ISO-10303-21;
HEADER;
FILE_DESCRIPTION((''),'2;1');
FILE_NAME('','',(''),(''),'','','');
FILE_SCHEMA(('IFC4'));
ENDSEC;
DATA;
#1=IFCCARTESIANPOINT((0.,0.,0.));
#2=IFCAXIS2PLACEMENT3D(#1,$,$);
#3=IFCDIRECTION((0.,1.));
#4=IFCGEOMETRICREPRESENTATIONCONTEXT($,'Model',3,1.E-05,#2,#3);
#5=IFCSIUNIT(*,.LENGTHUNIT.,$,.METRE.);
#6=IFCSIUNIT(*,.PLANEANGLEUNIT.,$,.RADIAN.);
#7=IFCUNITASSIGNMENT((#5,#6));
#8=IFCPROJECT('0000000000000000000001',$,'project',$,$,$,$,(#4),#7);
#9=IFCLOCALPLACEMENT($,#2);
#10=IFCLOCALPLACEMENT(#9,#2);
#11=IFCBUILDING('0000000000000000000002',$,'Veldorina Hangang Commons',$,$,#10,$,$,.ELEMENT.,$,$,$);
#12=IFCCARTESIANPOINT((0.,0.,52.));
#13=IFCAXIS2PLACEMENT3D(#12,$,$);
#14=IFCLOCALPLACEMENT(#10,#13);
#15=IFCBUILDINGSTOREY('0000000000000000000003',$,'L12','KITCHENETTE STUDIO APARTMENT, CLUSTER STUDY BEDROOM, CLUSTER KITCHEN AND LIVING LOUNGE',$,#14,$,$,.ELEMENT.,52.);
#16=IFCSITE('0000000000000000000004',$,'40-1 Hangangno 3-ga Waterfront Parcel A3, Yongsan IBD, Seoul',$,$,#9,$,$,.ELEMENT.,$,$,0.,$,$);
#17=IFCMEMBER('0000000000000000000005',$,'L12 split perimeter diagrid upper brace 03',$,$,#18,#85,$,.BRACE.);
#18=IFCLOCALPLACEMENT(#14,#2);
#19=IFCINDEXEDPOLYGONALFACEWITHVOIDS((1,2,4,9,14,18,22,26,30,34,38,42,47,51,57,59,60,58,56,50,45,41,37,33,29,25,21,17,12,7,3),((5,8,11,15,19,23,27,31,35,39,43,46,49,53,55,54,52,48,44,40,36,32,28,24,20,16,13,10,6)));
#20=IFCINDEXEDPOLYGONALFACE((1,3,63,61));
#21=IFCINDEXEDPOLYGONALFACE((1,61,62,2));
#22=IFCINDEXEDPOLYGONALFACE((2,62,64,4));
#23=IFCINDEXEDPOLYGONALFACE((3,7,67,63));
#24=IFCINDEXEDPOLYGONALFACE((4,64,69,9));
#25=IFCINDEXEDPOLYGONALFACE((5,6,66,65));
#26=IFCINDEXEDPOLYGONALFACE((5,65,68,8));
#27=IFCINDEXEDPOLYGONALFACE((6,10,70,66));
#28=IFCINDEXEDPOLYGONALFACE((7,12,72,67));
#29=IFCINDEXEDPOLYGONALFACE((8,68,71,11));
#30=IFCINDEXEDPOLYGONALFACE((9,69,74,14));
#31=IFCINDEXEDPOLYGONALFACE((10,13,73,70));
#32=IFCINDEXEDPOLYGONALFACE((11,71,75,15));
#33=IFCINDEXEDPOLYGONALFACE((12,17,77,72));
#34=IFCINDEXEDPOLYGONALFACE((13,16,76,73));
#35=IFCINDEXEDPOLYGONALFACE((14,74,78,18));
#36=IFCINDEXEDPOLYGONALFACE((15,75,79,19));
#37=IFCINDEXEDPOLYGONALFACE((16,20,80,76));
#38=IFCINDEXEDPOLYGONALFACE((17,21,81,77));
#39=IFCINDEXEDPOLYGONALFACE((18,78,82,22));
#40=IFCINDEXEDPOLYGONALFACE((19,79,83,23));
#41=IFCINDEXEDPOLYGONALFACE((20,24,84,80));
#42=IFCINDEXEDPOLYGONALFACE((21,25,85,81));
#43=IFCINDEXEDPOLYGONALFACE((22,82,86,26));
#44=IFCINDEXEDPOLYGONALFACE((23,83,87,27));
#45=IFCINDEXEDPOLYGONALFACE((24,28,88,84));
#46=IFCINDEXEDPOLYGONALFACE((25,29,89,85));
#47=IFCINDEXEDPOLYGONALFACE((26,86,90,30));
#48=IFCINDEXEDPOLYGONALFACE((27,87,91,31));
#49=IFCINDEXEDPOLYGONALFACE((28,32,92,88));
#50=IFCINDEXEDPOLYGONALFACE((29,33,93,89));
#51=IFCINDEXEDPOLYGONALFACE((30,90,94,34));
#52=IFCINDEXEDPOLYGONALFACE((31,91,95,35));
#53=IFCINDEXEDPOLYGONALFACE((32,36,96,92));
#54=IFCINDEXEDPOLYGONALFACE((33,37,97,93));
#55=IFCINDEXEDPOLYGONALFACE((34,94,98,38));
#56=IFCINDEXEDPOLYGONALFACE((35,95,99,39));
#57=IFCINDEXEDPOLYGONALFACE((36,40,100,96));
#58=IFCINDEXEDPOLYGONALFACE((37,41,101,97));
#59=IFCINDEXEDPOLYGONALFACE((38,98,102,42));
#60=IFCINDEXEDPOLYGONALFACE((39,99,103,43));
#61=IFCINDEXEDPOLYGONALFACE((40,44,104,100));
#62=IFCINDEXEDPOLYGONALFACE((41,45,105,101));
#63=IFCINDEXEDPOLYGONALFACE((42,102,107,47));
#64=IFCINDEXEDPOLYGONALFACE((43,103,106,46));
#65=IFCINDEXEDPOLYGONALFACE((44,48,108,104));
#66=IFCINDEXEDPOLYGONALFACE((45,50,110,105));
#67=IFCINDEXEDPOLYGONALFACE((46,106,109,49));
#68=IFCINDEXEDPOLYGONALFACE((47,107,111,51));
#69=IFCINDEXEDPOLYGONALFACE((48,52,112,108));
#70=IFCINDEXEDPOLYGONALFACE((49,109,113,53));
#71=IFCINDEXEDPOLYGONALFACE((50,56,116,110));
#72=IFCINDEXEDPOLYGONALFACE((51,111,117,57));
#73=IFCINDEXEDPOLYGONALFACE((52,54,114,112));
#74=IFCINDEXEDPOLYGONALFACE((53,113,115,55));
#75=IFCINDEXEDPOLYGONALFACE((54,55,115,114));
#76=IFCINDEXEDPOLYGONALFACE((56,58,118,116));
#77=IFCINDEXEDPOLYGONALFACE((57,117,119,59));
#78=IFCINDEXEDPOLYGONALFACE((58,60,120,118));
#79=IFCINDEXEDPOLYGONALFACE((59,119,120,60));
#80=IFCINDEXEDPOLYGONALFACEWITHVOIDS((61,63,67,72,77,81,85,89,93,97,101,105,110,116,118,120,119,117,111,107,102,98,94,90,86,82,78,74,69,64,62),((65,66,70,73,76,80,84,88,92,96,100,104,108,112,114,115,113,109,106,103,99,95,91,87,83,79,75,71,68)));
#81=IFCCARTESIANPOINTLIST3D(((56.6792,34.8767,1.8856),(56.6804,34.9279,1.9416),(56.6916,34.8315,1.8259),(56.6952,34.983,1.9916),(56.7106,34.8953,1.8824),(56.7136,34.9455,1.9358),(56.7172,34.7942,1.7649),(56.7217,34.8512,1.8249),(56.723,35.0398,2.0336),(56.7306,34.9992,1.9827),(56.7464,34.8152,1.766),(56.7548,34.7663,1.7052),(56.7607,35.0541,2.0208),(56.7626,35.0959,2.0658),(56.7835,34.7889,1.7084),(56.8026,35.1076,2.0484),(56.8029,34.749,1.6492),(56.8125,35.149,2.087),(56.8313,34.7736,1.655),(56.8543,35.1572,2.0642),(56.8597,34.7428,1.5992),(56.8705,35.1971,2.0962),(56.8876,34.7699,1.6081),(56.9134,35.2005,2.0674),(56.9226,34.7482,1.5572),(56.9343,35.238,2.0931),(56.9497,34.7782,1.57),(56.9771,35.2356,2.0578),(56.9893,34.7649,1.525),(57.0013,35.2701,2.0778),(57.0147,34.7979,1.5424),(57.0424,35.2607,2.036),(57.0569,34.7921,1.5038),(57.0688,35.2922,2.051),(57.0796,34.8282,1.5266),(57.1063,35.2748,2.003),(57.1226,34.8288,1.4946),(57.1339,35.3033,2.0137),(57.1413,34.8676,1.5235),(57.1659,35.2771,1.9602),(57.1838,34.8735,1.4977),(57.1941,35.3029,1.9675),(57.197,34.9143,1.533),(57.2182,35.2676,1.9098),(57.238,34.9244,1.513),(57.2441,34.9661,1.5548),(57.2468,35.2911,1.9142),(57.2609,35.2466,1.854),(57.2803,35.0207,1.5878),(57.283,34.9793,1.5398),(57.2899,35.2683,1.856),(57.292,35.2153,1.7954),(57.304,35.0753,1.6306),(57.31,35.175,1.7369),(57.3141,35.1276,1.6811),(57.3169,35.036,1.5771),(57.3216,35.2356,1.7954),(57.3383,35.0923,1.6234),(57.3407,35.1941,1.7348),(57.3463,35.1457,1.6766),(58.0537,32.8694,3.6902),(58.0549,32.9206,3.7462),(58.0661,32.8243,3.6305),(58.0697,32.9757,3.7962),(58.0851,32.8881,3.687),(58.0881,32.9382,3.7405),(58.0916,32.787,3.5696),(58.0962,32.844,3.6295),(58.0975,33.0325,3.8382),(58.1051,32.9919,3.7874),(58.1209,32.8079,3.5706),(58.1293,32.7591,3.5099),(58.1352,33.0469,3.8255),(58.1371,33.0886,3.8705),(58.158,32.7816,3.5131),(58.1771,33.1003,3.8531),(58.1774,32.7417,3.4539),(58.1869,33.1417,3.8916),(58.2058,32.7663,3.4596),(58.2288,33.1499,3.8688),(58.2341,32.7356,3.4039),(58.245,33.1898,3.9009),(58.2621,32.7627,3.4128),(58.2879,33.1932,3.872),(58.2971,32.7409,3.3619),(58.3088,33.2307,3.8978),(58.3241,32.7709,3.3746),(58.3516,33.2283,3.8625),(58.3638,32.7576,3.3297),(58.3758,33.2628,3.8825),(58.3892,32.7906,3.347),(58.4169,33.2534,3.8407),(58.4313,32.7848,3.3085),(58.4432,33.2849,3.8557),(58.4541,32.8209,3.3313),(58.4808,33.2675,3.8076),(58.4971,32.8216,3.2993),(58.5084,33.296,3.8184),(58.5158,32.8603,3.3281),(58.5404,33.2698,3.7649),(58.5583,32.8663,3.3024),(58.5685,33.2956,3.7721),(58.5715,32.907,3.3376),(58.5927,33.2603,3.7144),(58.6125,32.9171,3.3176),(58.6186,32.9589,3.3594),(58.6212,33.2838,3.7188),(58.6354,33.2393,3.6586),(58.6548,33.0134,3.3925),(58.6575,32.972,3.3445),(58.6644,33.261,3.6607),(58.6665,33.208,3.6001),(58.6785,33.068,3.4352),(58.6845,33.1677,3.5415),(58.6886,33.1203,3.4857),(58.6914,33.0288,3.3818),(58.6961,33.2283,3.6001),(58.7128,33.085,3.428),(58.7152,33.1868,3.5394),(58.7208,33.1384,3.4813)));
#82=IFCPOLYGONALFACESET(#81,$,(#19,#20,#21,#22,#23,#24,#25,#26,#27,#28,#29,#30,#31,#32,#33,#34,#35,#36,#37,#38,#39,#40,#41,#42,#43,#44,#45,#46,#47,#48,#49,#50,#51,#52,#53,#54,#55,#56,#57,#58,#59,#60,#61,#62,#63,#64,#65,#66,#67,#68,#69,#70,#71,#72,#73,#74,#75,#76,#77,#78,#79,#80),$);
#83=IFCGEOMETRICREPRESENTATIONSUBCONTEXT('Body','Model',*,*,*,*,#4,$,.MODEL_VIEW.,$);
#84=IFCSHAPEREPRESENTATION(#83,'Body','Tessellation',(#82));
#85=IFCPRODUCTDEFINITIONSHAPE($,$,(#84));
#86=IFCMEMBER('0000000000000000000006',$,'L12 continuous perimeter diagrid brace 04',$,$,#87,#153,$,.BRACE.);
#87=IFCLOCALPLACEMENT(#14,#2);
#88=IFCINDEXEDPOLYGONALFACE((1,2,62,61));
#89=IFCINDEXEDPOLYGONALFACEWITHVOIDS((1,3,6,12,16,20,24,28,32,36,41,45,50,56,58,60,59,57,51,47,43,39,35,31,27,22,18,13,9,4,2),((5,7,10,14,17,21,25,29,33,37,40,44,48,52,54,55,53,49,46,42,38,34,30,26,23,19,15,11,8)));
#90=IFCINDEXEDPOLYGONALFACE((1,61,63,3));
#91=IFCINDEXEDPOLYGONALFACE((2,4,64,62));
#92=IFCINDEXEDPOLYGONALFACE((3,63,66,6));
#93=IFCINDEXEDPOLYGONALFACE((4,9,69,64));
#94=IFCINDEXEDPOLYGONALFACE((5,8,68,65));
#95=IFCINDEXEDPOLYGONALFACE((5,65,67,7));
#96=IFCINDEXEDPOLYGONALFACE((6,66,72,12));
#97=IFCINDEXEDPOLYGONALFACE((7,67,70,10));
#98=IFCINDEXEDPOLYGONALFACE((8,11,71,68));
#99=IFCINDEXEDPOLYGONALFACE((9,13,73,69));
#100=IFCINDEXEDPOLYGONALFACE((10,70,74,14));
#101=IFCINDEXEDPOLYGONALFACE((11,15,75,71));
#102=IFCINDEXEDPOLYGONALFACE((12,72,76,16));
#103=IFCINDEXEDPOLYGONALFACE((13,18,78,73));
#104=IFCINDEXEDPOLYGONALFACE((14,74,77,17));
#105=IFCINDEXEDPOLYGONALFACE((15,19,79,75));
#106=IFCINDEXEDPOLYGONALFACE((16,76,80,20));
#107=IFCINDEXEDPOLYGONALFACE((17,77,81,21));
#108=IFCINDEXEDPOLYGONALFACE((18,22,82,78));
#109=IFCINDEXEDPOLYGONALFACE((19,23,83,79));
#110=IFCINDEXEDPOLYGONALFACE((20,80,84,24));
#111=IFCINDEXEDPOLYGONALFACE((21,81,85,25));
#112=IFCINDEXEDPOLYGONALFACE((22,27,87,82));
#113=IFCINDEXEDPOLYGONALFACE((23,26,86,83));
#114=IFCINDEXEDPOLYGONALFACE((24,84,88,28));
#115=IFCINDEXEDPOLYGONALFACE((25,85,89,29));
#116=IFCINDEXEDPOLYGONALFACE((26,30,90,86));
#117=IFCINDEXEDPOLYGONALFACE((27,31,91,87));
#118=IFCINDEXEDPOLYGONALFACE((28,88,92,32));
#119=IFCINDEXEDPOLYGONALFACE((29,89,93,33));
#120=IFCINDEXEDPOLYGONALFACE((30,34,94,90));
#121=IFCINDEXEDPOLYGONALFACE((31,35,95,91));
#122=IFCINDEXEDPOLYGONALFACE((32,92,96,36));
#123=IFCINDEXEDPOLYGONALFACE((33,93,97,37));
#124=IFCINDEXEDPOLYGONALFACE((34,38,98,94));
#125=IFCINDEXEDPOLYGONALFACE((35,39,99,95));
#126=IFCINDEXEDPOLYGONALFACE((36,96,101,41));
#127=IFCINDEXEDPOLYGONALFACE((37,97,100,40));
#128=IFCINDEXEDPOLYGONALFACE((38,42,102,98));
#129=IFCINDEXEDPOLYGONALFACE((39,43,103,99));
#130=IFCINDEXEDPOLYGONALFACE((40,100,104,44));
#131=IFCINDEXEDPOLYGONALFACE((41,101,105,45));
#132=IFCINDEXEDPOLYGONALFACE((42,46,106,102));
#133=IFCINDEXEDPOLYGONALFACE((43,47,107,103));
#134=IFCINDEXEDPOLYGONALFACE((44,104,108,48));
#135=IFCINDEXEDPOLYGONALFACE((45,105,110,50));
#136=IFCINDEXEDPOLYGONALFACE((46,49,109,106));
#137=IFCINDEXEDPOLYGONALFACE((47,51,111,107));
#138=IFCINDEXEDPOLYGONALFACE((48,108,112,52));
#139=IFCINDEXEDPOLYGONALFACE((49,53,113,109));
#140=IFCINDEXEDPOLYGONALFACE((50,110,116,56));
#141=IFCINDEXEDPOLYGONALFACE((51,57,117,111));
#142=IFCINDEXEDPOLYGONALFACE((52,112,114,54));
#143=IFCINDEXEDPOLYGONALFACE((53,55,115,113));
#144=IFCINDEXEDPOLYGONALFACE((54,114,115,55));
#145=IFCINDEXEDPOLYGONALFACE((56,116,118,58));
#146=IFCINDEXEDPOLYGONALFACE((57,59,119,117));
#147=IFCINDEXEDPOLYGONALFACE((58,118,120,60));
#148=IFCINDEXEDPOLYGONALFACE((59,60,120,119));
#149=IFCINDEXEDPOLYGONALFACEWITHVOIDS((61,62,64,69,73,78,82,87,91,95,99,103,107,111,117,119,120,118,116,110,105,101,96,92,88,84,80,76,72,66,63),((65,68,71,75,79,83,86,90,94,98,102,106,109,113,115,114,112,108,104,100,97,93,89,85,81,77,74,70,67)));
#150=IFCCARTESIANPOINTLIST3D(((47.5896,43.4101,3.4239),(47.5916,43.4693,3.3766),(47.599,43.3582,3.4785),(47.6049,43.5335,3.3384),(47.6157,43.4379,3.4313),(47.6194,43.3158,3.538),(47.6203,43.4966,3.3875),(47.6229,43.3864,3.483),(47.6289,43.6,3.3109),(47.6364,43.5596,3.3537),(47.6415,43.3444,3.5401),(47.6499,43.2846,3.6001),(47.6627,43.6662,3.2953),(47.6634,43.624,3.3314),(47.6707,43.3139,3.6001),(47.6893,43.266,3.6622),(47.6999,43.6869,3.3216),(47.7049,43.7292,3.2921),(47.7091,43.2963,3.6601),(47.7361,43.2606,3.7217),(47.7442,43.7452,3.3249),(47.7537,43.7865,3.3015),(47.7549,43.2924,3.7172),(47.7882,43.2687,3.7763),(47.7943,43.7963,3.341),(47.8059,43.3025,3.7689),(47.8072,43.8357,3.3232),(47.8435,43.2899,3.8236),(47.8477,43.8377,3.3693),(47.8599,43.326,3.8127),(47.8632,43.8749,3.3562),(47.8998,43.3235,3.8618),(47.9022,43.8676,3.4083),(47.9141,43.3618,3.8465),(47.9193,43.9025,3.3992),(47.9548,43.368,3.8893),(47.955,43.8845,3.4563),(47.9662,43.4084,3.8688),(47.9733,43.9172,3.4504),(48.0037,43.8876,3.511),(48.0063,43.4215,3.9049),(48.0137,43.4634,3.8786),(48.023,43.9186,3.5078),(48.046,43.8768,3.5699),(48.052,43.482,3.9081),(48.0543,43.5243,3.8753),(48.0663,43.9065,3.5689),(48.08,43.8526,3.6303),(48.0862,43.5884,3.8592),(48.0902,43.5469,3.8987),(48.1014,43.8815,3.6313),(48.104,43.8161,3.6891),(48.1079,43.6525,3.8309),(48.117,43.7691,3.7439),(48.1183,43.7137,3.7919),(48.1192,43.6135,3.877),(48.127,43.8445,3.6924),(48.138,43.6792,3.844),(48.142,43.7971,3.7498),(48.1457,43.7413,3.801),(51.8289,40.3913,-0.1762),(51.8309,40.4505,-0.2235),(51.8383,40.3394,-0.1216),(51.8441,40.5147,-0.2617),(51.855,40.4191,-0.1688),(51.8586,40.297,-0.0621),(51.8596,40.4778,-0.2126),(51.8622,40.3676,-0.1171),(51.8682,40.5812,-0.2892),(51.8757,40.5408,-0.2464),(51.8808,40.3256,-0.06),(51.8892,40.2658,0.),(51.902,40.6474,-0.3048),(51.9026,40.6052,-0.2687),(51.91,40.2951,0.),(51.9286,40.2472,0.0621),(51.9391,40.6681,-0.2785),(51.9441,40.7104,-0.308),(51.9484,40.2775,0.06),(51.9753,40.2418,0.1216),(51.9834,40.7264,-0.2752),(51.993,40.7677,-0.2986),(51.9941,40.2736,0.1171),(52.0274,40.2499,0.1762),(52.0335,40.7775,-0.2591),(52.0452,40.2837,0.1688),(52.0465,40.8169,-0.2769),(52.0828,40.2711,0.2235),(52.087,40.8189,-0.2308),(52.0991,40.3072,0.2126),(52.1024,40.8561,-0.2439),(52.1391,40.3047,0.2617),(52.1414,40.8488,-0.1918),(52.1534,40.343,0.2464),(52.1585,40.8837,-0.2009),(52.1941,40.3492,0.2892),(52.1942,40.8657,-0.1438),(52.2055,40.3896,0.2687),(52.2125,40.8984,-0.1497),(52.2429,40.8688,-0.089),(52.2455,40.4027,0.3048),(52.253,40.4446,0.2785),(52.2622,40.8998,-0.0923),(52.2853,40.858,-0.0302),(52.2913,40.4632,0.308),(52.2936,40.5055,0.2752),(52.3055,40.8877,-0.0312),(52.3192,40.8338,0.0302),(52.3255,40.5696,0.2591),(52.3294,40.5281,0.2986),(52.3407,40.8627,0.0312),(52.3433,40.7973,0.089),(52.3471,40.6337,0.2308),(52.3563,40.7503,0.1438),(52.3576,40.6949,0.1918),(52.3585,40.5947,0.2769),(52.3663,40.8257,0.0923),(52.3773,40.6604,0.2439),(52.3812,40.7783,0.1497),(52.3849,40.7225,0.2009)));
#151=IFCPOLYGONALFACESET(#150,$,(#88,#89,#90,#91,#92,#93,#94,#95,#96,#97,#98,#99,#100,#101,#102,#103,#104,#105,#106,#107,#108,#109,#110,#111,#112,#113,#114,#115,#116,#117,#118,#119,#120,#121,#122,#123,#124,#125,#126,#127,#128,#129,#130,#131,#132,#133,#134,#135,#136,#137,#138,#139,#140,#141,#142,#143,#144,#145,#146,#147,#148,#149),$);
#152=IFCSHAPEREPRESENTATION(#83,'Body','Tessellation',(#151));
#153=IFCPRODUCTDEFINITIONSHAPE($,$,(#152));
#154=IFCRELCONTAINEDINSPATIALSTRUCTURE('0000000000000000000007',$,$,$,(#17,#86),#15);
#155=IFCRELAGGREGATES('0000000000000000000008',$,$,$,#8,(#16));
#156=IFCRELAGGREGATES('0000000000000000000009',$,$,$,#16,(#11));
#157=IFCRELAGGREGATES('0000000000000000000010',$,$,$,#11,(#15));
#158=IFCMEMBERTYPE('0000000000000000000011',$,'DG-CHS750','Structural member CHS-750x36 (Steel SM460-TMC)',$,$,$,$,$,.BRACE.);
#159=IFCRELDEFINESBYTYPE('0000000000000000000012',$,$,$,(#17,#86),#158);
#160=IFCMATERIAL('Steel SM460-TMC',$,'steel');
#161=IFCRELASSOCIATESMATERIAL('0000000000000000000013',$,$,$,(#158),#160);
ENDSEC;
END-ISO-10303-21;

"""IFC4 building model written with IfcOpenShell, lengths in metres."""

from ifc_helpers import new_model, si_unit, direction, frame, origin, origin_2d, place, context, subcontext, project, spatial, hollow_circle, extrude, material, material_profile, profile_set, type_object, element, save


model = new_model("IFC4")

# Units and contexts
model_context = context("Model", 3, precision=1e-05, world=origin(), true_north=direction((0.0, 1.0)))
body_context = subcontext(model_context, "Body", "Model", "MODEL_VIEW")
ifc_project = project(units=[si_unit("LENGTHUNIT", "METRE"), si_unit("PLANEANGLEUNIT", "RADIAN")], contexts=[model_context])

# Site, building, storey
site_placement = place(None, origin())
site = spatial("IfcSite", under=ifc_project, at=site_placement, Name="40-1 Hangangno 3-ga Waterfront Parcel A3, Yongsan IBD, Seoul", CompositionType="ELEMENT", RefElevation=0.0)
building_placement = place(site_placement, origin())
building = spatial("IfcBuilding", under=site, at=building_placement, Name="Veldorina Hangang Commons", CompositionType="ELEMENT")
storey_placement = place(building_placement, frame((0.0, 0.0, 52.0)))
storey = spatial("IfcBuildingStorey", under=building, at=storey_placement, Name="L12", Description="KITCHENETTE STUDIO APARTMENT, CLUSTER STUDY BEDROOM, CLUSTER KITCHEN AND LIVING LOUNGE", CompositionType="ELEMENT", Elevation=52.0)

# Shared definitions
ifc_material_1 = material(Name="Steel SM460-TMC", Category="steel")

# Members
ifc_material_profile_1 = material_profile(ifc_material_1, hollow_circle(Radius=0.375, WallThickness=0.0359, at=origin_2d()), Name="CHS-750x36")
ifc_profile_set_1 = profile_set([ifc_material_profile_1], Name="Steel SM460-TMC")
member_type = type_object("IfcMemberType", Name="DG-CHS750", Description="Structural member CHS-750x36 (Steel SM460-TMC)", PredefinedType="BRACE", material=ifc_profile_set_1)
member_1_placement = place(storey_placement, frame((57.0122, 35.0237, 1.7954), z_axis=(0.453767, -0.662677, 0.595781), x_axis=(0.8251, 0.564986, 0.0)))
element("IfcMember", 1, at=member_1_placement, inside=storey, type_object=member_type, Name="L12 split perimeter diagrid upper brace 03", PredefinedType="BRACE", context=body_context, shape_type="SweptSolid", body=[
    extrude(hollow_circle(Radius=0.375, WallThickness=0.0359, at=origin_2d()), origin(), (0.0, 0.0, 1.0), 3.0291),
])
member_2_placement = place(storey_placement, frame((52.1067, 40.5713, 0.0), z_axis=(-0.669907, 0.477045, 0.568904), x_axis=(-0.580062, -0.814573, 0.0)))
element("IfcMember", 2, at=member_2_placement, inside=storey, type_object=member_type, Name="L12 continuous perimeter diagrid brace 04", PredefinedType="BRACE", context=body_context, shape_type="SweptSolid", body=[
    extrude(hollow_circle(Radius=0.375, WallThickness=0.0359, at=origin_2d()), origin(), (0.0, 0.0, 1.0), 6.3281),
])

save(model, "model.ifc")
